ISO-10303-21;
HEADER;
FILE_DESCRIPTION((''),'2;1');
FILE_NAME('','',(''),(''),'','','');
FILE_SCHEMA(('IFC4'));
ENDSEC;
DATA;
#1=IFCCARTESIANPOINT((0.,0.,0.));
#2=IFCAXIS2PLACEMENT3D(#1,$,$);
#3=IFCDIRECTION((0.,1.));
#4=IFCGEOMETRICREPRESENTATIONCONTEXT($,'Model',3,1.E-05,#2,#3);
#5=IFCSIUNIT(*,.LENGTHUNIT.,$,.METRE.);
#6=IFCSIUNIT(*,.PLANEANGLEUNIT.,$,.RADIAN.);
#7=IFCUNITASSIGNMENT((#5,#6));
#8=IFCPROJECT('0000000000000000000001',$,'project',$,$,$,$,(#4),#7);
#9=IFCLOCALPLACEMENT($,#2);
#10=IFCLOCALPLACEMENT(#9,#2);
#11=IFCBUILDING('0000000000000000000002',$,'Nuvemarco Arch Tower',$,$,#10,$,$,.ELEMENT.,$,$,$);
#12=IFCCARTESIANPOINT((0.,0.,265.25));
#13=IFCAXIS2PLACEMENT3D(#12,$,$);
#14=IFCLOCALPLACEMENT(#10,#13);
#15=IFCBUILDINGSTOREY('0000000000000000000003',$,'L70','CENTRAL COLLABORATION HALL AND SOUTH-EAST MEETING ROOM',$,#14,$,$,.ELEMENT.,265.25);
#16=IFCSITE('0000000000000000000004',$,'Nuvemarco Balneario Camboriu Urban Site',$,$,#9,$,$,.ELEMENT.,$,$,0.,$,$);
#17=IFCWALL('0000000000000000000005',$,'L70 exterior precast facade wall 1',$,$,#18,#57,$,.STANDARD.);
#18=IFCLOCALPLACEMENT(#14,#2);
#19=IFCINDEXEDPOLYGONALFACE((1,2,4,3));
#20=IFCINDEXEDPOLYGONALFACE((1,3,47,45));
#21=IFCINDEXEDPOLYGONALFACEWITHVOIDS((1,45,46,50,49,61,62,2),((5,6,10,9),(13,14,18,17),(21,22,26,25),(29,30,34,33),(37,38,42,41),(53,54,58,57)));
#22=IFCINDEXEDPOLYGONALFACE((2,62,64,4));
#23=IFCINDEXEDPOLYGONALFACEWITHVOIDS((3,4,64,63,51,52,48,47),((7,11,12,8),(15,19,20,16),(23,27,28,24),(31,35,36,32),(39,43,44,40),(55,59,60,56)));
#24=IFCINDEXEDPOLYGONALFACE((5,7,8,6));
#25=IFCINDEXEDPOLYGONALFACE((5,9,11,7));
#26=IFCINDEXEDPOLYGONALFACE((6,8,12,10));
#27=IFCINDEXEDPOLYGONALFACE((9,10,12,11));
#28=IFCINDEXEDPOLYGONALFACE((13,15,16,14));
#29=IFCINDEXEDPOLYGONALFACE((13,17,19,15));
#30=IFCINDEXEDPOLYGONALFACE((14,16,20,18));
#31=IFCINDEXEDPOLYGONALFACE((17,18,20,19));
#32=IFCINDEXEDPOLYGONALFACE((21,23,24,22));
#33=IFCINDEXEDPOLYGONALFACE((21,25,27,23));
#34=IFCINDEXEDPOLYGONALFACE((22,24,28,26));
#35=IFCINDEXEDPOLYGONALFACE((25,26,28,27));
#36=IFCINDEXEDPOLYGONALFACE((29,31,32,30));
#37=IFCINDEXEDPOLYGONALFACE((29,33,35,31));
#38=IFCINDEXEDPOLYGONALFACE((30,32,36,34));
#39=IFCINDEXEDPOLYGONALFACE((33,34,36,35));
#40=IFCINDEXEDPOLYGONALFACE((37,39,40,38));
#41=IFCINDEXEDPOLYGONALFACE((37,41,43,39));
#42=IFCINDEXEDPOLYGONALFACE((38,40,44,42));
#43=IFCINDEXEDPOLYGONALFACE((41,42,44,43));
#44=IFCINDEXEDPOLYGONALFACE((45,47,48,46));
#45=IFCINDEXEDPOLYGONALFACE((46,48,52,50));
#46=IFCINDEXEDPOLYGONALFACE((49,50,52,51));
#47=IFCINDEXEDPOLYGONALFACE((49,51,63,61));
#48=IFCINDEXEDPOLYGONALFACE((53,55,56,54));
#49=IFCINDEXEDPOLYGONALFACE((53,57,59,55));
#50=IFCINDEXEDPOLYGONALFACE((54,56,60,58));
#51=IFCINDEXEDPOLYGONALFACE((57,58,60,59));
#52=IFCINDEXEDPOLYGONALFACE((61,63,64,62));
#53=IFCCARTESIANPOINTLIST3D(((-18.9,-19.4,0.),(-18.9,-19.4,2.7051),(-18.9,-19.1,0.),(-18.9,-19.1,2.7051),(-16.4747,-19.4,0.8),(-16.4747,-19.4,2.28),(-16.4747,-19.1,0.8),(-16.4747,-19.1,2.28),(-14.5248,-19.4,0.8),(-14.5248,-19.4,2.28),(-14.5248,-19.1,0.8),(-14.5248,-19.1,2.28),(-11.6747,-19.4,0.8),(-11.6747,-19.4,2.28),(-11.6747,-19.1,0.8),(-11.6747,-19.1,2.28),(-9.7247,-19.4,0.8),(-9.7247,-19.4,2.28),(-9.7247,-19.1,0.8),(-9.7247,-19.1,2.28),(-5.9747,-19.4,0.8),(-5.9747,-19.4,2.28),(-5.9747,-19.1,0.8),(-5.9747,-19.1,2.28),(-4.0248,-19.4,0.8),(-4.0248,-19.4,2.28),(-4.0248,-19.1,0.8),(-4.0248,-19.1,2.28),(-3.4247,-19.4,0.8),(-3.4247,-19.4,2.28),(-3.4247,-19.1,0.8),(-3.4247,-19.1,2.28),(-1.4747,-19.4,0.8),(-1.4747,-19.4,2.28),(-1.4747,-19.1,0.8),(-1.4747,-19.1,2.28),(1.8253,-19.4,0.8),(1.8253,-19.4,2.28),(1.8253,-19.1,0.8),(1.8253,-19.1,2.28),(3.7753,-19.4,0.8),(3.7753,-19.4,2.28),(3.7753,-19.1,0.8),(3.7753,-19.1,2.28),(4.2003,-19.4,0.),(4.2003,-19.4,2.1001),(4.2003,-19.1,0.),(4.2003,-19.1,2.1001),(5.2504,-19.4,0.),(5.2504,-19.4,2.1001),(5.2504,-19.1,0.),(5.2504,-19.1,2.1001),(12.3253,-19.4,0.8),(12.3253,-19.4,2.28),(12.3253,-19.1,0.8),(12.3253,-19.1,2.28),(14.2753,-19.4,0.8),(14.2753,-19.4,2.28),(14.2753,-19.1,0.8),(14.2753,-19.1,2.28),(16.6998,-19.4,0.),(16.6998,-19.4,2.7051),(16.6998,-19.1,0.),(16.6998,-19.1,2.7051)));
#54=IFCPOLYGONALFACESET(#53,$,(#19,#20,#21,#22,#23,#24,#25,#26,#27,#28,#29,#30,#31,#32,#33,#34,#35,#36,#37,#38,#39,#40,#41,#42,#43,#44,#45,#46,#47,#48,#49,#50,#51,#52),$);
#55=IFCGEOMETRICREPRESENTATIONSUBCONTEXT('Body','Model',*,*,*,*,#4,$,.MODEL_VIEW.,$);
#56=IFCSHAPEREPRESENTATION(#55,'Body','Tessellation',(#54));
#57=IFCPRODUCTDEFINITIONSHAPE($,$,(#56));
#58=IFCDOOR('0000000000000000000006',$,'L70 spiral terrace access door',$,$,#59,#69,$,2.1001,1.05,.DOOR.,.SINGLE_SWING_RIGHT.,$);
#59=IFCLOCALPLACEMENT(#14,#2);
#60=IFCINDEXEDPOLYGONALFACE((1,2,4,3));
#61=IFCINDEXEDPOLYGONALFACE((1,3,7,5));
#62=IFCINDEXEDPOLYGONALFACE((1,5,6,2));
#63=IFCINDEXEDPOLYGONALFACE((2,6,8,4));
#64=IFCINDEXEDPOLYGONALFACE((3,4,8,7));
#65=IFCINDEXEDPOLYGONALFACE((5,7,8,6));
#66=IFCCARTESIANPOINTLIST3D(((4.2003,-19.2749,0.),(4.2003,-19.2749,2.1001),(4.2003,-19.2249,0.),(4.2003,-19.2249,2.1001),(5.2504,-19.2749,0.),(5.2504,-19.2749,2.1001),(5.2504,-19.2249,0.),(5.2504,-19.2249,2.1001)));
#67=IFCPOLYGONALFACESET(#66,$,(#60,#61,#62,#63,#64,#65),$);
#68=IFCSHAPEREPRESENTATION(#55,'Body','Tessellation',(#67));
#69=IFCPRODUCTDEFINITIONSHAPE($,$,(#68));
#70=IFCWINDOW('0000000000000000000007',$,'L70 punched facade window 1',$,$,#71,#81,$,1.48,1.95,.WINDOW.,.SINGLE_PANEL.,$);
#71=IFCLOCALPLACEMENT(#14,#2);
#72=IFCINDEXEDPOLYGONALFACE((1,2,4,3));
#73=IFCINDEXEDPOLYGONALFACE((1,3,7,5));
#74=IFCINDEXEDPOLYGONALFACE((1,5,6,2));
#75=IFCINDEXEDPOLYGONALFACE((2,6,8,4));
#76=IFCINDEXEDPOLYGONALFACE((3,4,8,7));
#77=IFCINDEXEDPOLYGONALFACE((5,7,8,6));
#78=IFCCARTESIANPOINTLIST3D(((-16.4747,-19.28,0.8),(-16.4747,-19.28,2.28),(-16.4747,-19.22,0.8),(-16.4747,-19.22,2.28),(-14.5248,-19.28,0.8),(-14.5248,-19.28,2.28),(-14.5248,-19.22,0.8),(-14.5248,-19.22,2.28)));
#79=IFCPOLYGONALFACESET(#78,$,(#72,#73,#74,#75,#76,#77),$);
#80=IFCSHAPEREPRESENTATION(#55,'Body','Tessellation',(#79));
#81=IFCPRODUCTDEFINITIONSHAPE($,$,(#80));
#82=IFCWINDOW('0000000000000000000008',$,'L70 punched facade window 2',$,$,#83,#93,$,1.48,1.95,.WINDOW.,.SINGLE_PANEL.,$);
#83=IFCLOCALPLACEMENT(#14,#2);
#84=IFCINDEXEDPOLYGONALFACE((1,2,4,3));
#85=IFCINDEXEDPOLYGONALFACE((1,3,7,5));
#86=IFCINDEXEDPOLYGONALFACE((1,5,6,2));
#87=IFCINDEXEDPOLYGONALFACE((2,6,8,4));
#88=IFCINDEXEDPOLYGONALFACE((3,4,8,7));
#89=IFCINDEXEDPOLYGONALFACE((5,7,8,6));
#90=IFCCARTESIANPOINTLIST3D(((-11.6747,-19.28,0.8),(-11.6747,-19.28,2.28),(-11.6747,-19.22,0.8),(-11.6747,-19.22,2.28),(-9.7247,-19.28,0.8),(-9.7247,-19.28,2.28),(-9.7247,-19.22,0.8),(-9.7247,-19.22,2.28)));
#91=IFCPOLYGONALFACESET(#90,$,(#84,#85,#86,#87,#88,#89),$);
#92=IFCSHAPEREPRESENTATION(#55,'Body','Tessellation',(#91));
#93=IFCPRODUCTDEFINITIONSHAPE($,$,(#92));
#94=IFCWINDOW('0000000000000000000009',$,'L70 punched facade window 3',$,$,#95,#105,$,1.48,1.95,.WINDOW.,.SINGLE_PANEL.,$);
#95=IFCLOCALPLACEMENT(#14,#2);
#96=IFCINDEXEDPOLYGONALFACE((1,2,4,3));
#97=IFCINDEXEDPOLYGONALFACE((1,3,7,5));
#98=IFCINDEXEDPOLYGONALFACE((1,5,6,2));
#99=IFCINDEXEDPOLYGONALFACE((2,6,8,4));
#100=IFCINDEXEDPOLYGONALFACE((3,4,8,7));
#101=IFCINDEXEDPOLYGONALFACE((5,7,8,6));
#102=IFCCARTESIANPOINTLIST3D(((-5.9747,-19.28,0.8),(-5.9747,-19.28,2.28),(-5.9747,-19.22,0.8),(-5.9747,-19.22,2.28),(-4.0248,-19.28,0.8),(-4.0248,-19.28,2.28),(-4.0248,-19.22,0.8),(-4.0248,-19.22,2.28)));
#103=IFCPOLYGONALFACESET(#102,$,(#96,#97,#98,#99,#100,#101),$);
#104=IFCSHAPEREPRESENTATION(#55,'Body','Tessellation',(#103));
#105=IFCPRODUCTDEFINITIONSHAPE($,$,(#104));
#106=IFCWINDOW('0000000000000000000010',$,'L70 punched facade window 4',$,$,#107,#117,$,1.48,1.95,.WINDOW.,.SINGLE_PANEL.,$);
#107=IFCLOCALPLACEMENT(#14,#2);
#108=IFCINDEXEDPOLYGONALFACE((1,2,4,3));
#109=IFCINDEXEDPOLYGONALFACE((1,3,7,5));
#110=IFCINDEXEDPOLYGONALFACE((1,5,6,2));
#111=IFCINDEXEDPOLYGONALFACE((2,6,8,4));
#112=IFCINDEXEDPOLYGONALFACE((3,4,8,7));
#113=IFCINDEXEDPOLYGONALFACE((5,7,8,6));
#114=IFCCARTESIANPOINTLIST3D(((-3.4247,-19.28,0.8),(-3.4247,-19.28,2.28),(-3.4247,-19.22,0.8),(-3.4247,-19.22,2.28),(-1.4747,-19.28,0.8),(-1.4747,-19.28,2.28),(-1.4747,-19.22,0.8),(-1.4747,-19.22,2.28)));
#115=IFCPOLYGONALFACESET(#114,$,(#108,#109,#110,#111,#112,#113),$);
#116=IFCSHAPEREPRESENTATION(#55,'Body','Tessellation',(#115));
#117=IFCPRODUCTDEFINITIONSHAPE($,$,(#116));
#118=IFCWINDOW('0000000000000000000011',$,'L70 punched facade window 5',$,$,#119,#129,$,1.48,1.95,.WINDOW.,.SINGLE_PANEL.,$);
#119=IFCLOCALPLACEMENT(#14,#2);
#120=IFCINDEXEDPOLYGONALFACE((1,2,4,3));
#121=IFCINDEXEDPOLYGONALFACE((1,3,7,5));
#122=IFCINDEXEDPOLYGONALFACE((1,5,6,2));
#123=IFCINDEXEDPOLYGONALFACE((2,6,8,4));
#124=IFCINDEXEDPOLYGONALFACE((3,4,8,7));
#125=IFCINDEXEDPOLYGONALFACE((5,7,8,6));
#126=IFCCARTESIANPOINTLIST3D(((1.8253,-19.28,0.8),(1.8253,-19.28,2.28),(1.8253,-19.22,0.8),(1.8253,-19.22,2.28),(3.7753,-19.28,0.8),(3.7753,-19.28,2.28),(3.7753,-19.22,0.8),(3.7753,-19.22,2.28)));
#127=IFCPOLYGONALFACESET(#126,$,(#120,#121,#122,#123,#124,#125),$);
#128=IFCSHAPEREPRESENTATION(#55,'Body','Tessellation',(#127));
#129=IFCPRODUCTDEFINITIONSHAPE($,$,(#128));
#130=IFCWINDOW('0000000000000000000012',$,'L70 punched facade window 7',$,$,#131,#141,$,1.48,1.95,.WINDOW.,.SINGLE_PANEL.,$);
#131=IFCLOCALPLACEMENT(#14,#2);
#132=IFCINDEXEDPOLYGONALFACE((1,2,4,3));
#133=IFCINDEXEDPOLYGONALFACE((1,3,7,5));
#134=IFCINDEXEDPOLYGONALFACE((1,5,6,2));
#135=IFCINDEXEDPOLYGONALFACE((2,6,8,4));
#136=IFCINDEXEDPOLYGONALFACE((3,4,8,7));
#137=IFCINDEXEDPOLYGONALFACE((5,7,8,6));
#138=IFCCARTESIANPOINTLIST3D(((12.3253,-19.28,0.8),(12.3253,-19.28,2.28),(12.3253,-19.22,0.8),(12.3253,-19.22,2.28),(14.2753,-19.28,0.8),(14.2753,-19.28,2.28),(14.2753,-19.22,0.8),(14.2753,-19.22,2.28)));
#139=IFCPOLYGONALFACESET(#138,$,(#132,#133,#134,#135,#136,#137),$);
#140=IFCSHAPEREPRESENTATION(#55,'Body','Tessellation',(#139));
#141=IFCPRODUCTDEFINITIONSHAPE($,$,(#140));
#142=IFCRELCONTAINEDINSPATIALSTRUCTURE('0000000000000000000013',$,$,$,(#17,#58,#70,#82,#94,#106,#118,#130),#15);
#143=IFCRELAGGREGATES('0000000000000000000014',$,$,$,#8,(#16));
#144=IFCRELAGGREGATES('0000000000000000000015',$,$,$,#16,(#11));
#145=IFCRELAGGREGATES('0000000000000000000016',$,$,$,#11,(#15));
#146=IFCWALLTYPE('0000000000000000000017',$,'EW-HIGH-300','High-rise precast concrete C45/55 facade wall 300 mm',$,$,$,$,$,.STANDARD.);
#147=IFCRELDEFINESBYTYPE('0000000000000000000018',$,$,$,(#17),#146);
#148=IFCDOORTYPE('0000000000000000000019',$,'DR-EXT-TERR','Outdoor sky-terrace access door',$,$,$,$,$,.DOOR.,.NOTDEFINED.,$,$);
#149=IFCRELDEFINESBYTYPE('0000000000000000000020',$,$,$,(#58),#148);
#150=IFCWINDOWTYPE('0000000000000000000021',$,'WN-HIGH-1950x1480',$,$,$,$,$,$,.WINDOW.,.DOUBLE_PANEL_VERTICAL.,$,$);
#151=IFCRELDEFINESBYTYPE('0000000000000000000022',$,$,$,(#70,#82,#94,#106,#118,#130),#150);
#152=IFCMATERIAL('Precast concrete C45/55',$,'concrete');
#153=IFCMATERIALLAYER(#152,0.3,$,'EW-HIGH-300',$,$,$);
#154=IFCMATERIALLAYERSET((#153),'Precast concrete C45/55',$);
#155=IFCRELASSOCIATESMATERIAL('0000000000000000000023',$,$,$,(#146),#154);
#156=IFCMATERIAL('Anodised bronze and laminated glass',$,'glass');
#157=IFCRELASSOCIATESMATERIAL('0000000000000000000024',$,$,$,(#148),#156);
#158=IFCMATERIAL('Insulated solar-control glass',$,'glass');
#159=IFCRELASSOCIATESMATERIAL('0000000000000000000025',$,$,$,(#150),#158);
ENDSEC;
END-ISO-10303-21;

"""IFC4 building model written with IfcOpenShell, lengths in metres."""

from ifc_helpers import new_model, si_unit, direction, frame, frame_2d, origin, place, context, subcontext, project, spatial, rectangle, extrude, source, transform, mapped, material, layer, layer_set, type_object, type_shapes, element, fill, save


model = new_model("IFC4")

# Units and contexts
model_context = context("Model", 3, precision=1e-05, world=origin(), true_north=direction((0.0, 1.0)))
body_context = subcontext(model_context, "Body", "Model", "MODEL_VIEW")
ifc_project = project(units=[si_unit("LENGTHUNIT", "METRE"), si_unit("PLANEANGLEUNIT", "RADIAN")], contexts=[model_context])

# Site, building, storey
site_placement = place(None, origin())
site = spatial("IfcSite", under=ifc_project, at=site_placement, Name="Nuvemarco Balneario Camboriu Urban Site", CompositionType="ELEMENT", RefElevation=0.0)
building_placement = place(site_placement, origin())
building = spatial("IfcBuilding", under=site, at=building_placement, Name="Nuvemarco Arch Tower", CompositionType="ELEMENT")
storey_placement = place(building_placement, frame((0.0, 0.0, 265.25)))
storey = spatial("IfcBuildingStorey", under=building, at=storey_placement, Name="L70", Description="CENTRAL COLLABORATION HALL AND SOUTH-EAST MEETING ROOM", CompositionType="ELEMENT", Elevation=265.25)

# Shared definitions
ifc_material_1 = material(Name="Precast concrete C45/55", Category="concrete")

# Wall, openings, door, windows
ifc_layer = layer(ifc_material_1, 0.3, Name="EW-HIGH-300")
ifc_layer_set = layer_set([ifc_layer], Name="Precast concrete C45/55")
wall_type = type_object("IfcWallType", Name="EW-HIGH-300", Description="High-rise precast concrete C45/55 facade wall 300 mm", PredefinedType="STANDARD", material=ifc_layer_set)
wall_1_placement = place(storey_placement, frame((-18.8999, -19.25, 0.0), z_axis=(0.0, 0.0, 1.0), x_axis=(1.0, 0.0, 0.0)))
wall_1 = element("IfcWall", 1, at=wall_1_placement, inside=storey, type_object=wall_type, Name="L70 exterior precast facade wall 1", PredefinedType="STANDARD", context=body_context, shape_type="SweptSolid", body=[
    extrude(rectangle(XDim=35.5999, YDim=0.3, at=frame_2d((17.7998, 0.0))), origin(), (0.0, 0.0, 1.0), 2.7051),
])
opening_1_placement = place(wall_1_placement, frame((24.1501, 0.0, 0.0), z_axis=(0.0, 0.0, 1.0), x_axis=(-1.0, 0.0, 0.0)))
opening_1 = element("IfcOpeningElement", 2, at=opening_1_placement, cuts=wall_1, PredefinedType="OPENING", context=body_context, shape_type="SweptSolid", body=[
    extrude(rectangle(XDim=1.05, YDim=2.1001, at=frame_2d((0.5249, 1.05))), frame((0.0, 0.1599, 0.0), z_axis=(0.0, -1.0, 0.0), x_axis=(1.0, 0.0, 0.0)), (0.0, 0.0, 1.0), 0.3201),
])
opening_2_placement = place(wall_1_placement, frame((2.425, 0.0, 0.8)))
opening_2 = element("IfcOpeningElement", 3, at=opening_2_placement, cuts=wall_1, PredefinedType="OPENING", context=body_context, shape_type="SweptSolid", body=[
    extrude(rectangle(XDim=1.95, YDim=1.48, at=frame_2d((0.9751, 0.74))), frame((0.0, 0.1599, 0.0), z_axis=(0.0, -1.0, 0.0), x_axis=(1.0, 0.0, 0.0)), (0.0, 0.0, 1.0), 0.3201),
])
opening_3_placement = place(wall_1_placement, frame((7.2251, 0.0, 0.8)))
opening_3 = element("IfcOpeningElement", 4, at=opening_3_placement, cuts=wall_1, PredefinedType="OPENING", context=body_context, shape_type="SweptSolid", body=[
    extrude(rectangle(XDim=1.95, YDim=1.48, at=frame_2d((0.9751, 0.74))), frame((0.0, 0.1599, 0.0), z_axis=(0.0, -1.0, 0.0), x_axis=(1.0, 0.0, 0.0)), (0.0, 0.0, 1.0), 0.3201),
])
opening_4_placement = place(wall_1_placement, frame((12.925, 0.0, 0.8)))
opening_4 = element("IfcOpeningElement", 5, at=opening_4_placement, cuts=wall_1, PredefinedType="OPENING", context=body_context, shape_type="SweptSolid", body=[
    extrude(rectangle(XDim=1.95, YDim=1.48, at=frame_2d((0.9751, 0.74))), frame((0.0, 0.1599, 0.0), z_axis=(0.0, -1.0, 0.0), x_axis=(1.0, 0.0, 0.0)), (0.0, 0.0, 1.0), 0.3201),
])
opening_5_placement = place(wall_1_placement, frame((15.4751, 0.0, 0.8)))
opening_5 = element("IfcOpeningElement", 6, at=opening_5_placement, cuts=wall_1, PredefinedType="OPENING", context=body_context, shape_type="SweptSolid", body=[
    extrude(rectangle(XDim=1.95, YDim=1.48, at=frame_2d((0.9751, 0.74))), frame((0.0, 0.1599, 0.0), z_axis=(0.0, -1.0, 0.0), x_axis=(1.0, 0.0, 0.0)), (0.0, 0.0, 1.0), 0.3201),
])
opening_6_placement = place(wall_1_placement, frame((20.7251, 0.0, 0.8)))
opening_6 = element("IfcOpeningElement", 7, at=opening_6_placement, cuts=wall_1, PredefinedType="OPENING", context=body_context, shape_type="SweptSolid", body=[
    extrude(rectangle(XDim=1.95, YDim=1.48, at=frame_2d((0.9751, 0.74))), frame((0.0, 0.1599, 0.0), z_axis=(0.0, -1.0, 0.0), x_axis=(1.0, 0.0, 0.0)), (0.0, 0.0, 1.0), 0.3201),
])
opening_7_placement = place(wall_1_placement, frame((31.2251, 0.0, 0.8)))
opening_7 = element("IfcOpeningElement", 8, at=opening_7_placement, cuts=wall_1, PredefinedType="OPENING", context=body_context, shape_type="SweptSolid", body=[
    extrude(rectangle(XDim=1.95, YDim=1.48, at=frame_2d((0.9751, 0.74))), frame((0.0, 0.1599, 0.0), z_axis=(0.0, -1.0, 0.0), x_axis=(1.0, 0.0, 0.0)), (0.0, 0.0, 1.0), 0.3201),
])
ifc_material_2 = material(Name="Anodised bronze and laminated glass", Category="glass")
door_type = type_object("IfcDoorType", Name="DR-EXT-TERR", Description="Outdoor sky-terrace access door", OperationType="NOTDEFINED", PredefinedType="DOOR", material=ifc_material_2)
shared_shape_1 = source(origin(), body_context, "Body", "SweptSolid", [
    extrude(rectangle(XDim=1.05, YDim=2.1001, at=frame_2d((0.5249, 1.05))), frame((0.0, 0.0249, 0.0), z_axis=(0.0, -1.0, 0.0), x_axis=(1.0, 0.0, 0.0)), (0.0, 0.0, 1.0), 0.05),
])
type_shapes(door_type, [shared_shape_1])
door_placement = place(opening_1_placement, origin())
door = element("IfcDoor", 9, at=door_placement, inside=storey, type_object=door_type, Name="L70 spiral terrace access door", OperationType="SINGLE_SWING_RIGHT", OverallHeight=2.1001, OverallWidth=1.05, PredefinedType="DOOR", context=body_context, shape_type="MappedRepresentation", body=[
    mapped(shared_shape_1, transform((0.0, 0.0, 0.0), scale=1.0)),
])
fill(opening_1, door)
ifc_material_3 = material(Name="Insulated solar-control glass", Category="glass")
window_type_1 = type_object("IfcWindowType", Name="WN-HIGH-1950x1480", PartitioningType="DOUBLE_PANEL_VERTICAL", PredefinedType="WINDOW", material=ifc_material_3)
shared_shape_2 = source(origin(), body_context, "Body", "SweptSolid", [
    extrude(rectangle(XDim=1.95, YDim=1.48, at=frame_2d((0.9751, 0.74))), frame((0.0, 0.03, 0.0), z_axis=(0.0, -1.0, 0.0), x_axis=(1.0, 0.0, 0.0)), (0.0, 0.0, 1.0), 0.0601),
])
type_shapes(window_type_1, [shared_shape_2])
window_1_placement = place(opening_2_placement, origin())
window_1 = element("IfcWindow", 10, at=window_1_placement, inside=storey, type_object=window_type_1, Name="L70 punched facade window 1", OverallHeight=1.48, OverallWidth=1.95, PartitioningType="SINGLE_PANEL", PredefinedType="WINDOW", context=body_context, shape_type="MappedRepresentation", body=[
    mapped(shared_shape_2, transform((0.0, 0.0, 0.0), scale=1.0)),
])
fill(opening_2, window_1)
window_2_placement = place(opening_3_placement, origin())
window_2 = element("IfcWindow", 11, at=window_2_placement, inside=storey, type_object=window_type_1, Name="L70 punched facade window 2", OverallHeight=1.48, OverallWidth=1.95, PartitioningType="SINGLE_PANEL", PredefinedType="WINDOW", context=body_context, shape_type="MappedRepresentation", body=[
    mapped(shared_shape_2, transform((0.0, 0.0, 0.0), scale=1.0)),
])
fill(opening_3, window_2)
window_3_placement = place(opening_4_placement, origin())
window_3 = element("IfcWindow", 12, at=window_3_placement, inside=storey, type_object=window_type_1, Name="L70 punched facade window 3", OverallHeight=1.48, OverallWidth=1.95, PartitioningType="SINGLE_PANEL", PredefinedType="WINDOW", context=body_context, shape_type="MappedRepresentation", body=[
    mapped(shared_shape_2, transform((0.0, 0.0, 0.0), scale=1.0)),
])
fill(opening_4, window_3)
window_4_placement = place(opening_5_placement, origin())
window_4 = element("IfcWindow", 13, at=window_4_placement, inside=storey, type_object=window_type_1, Name="L70 punched facade window 4", OverallHeight=1.48, OverallWidth=1.95, PartitioningType="SINGLE_PANEL", PredefinedType="WINDOW", context=body_context, shape_type="MappedRepresentation", body=[
    mapped(shared_shape_2, transform((0.0, 0.0, 0.0), scale=1.0)),
])
fill(opening_5, window_4)
window_5_placement = place(opening_6_placement, origin())
window_5 = element("IfcWindow", 14, at=window_5_placement, inside=storey, type_object=window_type_1, Name="L70 punched facade window 5", OverallHeight=1.48, OverallWidth=1.95, PartitioningType="SINGLE_PANEL", PredefinedType="WINDOW", context=body_context, shape_type="MappedRepresentation", body=[
    mapped(shared_shape_2, transform((0.0, 0.0, 0.0), scale=1.0)),
])
fill(opening_6, window_5)
window_6_placement = place(opening_7_placement, origin())
window_6 = element("IfcWindow", 15, at=window_6_placement, inside=storey, type_object=window_type_1, Name="L70 punched facade window 7", OverallHeight=1.48, OverallWidth=1.95, PartitioningType="SINGLE_PANEL", PredefinedType="WINDOW", context=body_context, shape_type="MappedRepresentation", body=[
    mapped(shared_shape_2, transform((0.0, 0.0, 0.0), scale=1.0)),
])
fill(opening_7, window_6)

save(model, "model.ifc")
